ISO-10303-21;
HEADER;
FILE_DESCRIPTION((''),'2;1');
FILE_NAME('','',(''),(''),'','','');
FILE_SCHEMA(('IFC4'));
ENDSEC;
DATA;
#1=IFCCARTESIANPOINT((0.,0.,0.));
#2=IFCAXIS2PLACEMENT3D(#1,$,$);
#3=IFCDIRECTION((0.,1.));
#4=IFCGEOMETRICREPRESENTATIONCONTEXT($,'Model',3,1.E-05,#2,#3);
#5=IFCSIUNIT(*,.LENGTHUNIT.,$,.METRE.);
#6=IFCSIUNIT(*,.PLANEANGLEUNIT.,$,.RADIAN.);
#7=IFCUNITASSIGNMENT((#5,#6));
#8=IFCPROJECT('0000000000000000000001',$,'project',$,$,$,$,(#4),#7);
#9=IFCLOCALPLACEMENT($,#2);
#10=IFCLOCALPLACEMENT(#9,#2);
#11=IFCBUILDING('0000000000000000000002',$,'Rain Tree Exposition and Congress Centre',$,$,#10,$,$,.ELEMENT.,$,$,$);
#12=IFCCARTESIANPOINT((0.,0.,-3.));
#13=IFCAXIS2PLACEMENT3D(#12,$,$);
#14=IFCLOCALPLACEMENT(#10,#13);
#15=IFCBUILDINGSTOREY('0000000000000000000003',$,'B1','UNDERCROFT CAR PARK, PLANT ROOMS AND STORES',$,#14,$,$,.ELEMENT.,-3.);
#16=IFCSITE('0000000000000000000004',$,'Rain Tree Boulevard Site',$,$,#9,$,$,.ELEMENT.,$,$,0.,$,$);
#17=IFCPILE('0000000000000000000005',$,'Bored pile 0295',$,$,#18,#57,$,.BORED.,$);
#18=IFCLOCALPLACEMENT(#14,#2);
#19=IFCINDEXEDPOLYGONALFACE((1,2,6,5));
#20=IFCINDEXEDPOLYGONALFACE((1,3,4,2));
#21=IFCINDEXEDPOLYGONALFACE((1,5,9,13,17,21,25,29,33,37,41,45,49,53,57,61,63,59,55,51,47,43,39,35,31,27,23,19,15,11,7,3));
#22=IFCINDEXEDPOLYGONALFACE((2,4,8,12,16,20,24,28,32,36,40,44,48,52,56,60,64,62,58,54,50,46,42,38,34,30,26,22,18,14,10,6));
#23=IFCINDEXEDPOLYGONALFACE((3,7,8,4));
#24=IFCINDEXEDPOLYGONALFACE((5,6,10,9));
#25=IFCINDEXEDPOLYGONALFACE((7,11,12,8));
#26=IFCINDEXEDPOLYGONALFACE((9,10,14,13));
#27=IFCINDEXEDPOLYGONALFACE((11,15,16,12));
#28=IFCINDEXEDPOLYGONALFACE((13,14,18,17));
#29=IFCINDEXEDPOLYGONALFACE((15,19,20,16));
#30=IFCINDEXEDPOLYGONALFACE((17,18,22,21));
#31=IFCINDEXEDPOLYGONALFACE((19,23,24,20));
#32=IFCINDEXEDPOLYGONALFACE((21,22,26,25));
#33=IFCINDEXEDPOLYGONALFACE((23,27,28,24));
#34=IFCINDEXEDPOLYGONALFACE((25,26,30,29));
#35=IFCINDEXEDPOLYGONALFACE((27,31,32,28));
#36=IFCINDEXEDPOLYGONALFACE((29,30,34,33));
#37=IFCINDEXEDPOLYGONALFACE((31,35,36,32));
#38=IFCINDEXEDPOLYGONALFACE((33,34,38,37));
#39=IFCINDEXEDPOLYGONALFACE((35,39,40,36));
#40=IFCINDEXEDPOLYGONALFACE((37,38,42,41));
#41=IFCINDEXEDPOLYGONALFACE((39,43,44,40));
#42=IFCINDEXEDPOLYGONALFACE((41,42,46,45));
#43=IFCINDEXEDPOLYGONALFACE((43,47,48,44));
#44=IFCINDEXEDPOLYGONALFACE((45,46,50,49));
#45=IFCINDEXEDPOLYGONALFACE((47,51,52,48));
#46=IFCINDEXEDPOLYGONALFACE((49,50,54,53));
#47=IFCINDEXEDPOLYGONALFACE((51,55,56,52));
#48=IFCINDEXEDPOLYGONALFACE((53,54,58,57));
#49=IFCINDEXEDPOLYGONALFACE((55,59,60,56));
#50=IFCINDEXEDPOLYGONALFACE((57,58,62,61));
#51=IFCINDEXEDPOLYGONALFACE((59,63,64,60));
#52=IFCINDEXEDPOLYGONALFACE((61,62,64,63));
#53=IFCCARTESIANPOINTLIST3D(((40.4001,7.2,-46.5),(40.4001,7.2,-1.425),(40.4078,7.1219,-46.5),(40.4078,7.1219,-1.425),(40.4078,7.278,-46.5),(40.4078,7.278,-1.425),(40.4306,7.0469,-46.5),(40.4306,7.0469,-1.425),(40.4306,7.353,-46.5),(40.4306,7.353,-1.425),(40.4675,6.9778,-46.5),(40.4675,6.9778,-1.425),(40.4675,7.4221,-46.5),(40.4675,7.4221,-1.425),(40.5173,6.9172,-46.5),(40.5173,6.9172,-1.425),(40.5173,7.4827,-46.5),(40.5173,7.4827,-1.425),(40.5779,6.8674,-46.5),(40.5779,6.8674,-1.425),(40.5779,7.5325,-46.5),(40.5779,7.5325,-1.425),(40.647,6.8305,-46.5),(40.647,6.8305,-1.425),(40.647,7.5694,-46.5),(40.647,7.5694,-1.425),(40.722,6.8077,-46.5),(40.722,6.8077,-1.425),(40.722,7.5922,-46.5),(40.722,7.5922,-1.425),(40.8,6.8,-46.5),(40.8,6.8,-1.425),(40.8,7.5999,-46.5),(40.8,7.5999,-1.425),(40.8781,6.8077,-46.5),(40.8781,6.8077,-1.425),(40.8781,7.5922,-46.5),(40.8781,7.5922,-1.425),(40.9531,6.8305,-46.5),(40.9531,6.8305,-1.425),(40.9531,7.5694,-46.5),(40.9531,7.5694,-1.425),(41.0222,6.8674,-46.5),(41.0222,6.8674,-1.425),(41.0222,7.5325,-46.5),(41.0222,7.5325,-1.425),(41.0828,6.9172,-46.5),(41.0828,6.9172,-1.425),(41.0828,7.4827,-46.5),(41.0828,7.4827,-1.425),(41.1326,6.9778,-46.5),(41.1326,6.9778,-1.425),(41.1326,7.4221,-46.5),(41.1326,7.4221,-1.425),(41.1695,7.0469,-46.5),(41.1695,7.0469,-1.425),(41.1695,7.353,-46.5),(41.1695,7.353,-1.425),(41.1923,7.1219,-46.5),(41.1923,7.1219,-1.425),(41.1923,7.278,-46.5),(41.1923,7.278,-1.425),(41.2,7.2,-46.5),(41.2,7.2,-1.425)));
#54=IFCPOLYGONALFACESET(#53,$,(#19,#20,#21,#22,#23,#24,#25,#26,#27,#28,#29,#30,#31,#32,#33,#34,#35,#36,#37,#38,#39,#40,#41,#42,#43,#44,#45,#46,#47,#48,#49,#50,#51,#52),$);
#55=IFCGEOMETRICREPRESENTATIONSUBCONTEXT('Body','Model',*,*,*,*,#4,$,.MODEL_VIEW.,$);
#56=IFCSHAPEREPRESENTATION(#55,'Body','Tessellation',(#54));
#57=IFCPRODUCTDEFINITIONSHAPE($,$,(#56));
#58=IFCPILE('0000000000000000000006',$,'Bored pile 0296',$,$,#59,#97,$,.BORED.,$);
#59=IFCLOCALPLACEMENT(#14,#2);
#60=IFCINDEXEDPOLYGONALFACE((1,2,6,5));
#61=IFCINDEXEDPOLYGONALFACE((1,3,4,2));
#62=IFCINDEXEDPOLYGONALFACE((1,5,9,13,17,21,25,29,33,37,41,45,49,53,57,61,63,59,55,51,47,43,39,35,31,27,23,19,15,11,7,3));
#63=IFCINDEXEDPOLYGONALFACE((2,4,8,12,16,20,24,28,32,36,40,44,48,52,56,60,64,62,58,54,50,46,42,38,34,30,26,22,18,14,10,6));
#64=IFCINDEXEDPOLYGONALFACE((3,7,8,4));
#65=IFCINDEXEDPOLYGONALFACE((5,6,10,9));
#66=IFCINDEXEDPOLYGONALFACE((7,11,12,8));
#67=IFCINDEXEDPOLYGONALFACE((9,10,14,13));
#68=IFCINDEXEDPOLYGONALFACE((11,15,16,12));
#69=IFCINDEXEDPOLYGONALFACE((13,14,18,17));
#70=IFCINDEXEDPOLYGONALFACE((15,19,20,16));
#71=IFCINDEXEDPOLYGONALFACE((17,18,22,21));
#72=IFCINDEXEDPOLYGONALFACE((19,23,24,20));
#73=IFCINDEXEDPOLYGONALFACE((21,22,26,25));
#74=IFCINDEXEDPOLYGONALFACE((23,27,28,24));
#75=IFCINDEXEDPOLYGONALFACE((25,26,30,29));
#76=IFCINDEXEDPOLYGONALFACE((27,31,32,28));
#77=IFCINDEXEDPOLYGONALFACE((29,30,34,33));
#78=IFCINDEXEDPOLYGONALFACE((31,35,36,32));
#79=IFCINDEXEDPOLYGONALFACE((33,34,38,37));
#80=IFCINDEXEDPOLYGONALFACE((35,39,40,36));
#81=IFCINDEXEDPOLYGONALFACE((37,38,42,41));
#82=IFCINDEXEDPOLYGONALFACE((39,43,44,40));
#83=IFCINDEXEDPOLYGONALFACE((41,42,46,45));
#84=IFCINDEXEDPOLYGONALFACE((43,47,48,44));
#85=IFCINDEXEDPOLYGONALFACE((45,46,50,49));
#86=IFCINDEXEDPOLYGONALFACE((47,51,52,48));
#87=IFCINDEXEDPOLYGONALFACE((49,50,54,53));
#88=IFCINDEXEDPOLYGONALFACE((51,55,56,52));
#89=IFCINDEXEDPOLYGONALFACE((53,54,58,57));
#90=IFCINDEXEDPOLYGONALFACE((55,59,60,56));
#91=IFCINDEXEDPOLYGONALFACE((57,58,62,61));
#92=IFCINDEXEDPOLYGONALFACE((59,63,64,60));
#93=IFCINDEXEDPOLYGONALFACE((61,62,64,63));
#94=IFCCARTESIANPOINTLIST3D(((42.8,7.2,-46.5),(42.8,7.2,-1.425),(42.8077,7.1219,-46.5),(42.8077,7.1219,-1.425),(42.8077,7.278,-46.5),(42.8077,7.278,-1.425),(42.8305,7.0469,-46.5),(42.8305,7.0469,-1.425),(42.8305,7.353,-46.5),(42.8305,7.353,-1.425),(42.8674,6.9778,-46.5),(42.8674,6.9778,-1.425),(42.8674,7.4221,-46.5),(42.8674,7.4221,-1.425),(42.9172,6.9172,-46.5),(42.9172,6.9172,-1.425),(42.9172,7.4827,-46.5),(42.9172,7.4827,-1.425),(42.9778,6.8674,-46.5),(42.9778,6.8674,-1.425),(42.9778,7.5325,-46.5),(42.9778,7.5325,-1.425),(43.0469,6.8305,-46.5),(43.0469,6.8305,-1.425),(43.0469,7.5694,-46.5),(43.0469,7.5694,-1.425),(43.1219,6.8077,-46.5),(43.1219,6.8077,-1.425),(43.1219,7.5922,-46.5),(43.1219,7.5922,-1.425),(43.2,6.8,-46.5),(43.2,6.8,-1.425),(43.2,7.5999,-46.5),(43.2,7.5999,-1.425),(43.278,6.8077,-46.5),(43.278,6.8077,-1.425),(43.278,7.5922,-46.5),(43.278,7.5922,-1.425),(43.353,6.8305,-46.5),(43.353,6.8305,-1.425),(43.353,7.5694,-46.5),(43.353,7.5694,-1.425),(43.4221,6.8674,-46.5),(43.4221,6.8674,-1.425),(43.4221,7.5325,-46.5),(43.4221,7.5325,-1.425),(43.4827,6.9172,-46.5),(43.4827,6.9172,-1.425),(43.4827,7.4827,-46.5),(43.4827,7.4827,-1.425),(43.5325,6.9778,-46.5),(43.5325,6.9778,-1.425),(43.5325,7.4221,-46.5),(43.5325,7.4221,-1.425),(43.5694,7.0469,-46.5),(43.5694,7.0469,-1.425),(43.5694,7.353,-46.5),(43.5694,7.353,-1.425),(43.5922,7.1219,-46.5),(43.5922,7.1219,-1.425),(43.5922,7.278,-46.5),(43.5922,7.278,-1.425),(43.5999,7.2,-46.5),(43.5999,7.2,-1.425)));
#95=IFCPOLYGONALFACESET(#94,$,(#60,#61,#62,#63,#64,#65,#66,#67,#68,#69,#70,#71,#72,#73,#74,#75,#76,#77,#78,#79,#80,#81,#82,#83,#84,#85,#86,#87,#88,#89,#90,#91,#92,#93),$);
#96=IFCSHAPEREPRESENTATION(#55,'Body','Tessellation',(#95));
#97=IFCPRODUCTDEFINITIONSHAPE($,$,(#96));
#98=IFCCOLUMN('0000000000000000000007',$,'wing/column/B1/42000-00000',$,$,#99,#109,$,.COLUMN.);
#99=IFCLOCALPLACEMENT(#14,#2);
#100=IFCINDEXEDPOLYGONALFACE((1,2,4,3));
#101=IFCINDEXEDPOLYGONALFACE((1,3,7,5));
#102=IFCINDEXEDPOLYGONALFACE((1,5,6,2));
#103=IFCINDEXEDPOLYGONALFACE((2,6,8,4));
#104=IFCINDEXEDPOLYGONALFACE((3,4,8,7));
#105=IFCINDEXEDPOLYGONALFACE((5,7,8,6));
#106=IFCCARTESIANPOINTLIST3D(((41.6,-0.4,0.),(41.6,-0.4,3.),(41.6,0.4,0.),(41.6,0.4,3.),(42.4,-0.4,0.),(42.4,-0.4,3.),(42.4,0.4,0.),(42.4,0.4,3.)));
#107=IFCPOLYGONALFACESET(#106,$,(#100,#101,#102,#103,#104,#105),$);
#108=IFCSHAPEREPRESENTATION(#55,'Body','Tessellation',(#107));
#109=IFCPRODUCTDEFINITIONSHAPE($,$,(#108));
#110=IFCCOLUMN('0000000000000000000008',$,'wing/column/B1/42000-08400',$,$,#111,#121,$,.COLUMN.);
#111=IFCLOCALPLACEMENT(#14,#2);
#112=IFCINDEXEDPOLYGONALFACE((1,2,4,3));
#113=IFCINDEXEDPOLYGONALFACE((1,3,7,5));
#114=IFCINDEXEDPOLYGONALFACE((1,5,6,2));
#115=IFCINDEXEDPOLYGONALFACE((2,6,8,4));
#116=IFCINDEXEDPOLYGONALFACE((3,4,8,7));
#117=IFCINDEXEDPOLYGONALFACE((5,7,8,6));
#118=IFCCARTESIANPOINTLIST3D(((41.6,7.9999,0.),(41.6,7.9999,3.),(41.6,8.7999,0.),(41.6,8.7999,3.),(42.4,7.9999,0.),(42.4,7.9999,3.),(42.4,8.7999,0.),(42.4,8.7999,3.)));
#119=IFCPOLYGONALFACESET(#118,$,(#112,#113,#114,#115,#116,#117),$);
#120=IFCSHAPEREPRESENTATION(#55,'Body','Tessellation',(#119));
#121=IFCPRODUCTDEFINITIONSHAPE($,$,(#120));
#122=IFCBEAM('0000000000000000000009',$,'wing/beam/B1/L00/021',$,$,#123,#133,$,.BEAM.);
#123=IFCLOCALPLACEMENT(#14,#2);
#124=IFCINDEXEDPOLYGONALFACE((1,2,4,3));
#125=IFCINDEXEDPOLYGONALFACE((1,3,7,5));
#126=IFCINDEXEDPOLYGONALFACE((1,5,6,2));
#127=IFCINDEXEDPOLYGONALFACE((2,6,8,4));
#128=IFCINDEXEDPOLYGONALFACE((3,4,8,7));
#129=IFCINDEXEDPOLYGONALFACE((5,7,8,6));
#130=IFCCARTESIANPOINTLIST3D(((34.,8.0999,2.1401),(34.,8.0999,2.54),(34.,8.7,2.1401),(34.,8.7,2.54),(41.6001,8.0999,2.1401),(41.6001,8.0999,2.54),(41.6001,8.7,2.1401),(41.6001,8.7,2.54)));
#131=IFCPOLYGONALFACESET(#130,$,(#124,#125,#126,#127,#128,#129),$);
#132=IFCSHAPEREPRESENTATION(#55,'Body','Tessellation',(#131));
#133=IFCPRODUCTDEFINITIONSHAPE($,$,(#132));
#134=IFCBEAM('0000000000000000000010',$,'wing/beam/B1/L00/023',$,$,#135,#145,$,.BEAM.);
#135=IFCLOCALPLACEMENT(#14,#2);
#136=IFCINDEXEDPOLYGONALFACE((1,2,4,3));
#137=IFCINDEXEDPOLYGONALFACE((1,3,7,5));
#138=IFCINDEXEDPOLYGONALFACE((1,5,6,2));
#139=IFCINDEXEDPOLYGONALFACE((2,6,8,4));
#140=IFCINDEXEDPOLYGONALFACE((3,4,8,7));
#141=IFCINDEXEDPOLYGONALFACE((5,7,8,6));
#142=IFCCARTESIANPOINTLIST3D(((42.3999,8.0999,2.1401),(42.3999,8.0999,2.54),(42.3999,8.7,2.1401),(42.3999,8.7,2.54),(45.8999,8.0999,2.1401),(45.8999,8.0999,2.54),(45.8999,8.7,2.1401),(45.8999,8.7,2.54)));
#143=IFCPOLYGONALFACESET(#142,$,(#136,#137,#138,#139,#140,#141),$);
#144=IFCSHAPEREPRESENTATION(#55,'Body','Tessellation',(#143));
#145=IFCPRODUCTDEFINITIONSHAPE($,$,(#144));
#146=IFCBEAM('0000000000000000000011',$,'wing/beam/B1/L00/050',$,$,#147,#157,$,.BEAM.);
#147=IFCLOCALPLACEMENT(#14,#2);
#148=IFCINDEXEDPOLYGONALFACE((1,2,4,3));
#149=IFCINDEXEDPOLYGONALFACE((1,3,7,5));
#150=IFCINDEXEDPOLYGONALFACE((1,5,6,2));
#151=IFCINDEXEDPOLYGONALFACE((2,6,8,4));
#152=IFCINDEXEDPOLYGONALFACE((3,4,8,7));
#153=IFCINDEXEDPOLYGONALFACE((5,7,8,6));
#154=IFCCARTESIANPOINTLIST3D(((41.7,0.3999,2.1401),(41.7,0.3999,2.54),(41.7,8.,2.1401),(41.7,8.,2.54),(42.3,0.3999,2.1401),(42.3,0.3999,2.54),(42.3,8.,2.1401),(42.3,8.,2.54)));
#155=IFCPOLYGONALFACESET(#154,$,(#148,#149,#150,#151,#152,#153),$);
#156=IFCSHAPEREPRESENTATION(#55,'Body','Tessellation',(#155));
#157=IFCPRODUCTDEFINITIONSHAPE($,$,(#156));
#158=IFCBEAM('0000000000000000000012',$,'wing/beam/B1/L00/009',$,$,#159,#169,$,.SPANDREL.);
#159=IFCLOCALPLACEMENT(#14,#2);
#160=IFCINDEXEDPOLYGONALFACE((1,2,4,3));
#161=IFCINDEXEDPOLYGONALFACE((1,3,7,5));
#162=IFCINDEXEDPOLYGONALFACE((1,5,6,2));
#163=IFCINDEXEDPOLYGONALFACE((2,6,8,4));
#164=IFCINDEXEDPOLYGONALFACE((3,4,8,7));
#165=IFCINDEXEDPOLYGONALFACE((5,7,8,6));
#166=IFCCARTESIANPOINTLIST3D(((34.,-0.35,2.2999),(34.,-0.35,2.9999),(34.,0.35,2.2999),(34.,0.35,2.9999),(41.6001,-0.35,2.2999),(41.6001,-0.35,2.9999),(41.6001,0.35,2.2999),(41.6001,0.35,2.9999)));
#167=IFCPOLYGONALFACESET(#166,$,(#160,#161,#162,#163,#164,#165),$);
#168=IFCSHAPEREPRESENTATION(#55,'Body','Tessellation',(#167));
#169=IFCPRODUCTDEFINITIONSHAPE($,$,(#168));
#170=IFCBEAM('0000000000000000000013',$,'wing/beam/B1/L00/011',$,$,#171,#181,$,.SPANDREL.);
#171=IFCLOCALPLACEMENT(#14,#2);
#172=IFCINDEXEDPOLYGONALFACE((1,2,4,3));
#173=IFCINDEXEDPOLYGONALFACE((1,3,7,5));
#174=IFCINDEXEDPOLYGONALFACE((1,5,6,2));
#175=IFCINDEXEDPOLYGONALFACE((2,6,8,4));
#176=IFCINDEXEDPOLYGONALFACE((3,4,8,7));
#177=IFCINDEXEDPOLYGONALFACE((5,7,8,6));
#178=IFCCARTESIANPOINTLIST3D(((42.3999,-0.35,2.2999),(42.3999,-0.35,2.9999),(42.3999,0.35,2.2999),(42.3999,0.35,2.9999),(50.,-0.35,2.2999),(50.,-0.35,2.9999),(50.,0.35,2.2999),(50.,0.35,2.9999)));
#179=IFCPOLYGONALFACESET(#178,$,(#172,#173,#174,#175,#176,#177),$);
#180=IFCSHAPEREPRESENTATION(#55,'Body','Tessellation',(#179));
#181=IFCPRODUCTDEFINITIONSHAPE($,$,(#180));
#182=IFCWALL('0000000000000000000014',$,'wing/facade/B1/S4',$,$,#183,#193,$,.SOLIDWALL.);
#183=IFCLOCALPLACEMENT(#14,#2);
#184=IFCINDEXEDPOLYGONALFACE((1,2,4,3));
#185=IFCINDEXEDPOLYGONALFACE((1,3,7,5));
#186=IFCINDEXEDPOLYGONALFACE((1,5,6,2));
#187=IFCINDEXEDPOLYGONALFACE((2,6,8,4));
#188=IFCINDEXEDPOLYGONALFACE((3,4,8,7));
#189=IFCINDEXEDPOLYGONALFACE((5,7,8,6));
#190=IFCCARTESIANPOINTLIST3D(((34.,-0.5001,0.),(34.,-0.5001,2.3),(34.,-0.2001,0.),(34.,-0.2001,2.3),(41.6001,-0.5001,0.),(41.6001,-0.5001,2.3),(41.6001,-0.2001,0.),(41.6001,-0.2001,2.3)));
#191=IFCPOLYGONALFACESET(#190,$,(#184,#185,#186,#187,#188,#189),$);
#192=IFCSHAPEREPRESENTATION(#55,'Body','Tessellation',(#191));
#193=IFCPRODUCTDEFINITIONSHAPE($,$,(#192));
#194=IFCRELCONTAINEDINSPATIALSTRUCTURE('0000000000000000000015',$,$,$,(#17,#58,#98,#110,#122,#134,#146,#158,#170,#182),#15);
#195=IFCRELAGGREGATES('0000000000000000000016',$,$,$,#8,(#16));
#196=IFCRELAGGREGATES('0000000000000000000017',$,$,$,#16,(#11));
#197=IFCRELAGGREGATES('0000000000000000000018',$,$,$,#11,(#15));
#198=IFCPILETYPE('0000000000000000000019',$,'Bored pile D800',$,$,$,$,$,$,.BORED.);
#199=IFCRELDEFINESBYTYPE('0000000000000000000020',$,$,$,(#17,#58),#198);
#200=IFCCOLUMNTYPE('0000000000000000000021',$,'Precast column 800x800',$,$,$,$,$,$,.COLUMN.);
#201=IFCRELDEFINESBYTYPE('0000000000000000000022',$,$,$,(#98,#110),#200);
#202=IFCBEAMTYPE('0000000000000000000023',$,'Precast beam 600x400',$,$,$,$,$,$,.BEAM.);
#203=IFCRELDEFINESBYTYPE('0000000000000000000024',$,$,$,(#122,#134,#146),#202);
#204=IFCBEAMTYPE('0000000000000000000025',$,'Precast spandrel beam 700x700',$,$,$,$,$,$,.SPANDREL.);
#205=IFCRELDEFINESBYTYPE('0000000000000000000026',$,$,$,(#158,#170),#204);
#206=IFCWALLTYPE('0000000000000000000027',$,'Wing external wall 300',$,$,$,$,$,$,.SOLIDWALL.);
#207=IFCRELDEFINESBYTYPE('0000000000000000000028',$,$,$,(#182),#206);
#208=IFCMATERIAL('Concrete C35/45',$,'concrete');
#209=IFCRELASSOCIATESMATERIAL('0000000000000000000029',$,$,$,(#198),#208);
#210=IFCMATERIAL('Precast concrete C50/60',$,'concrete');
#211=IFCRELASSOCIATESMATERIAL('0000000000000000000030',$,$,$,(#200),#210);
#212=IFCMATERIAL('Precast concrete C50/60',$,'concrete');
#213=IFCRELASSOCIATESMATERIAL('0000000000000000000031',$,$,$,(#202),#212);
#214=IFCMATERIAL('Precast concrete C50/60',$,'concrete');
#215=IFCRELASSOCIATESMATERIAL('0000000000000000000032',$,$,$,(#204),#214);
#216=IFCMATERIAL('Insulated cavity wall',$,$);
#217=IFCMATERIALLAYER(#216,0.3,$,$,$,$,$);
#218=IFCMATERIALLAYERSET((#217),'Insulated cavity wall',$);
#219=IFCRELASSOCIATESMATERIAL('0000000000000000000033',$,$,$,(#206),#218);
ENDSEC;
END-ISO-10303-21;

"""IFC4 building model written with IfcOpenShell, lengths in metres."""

from ifc_helpers import new_model, si_unit, direction, frame, frame_2d, origin, origin_2d, place, context, subcontext, project, spatial, rectangle, circle, extrude, material, layer, layer_set, material_profile, profile_set, type_object, element, save


model = new_model("IFC4")

# Units and contexts
model_context = context("Model", 3, precision=1e-05, world=origin(), true_north=direction((0.0, 1.0)))
body_context = subcontext(model_context, "Body", "Model", "MODEL_VIEW")
ifc_project = project(units=[si_unit("LENGTHUNIT", "METRE"), si_unit("PLANEANGLEUNIT", "RADIAN")], contexts=[model_context])

# Site, building, storey
site_placement = place(None, origin())
site = spatial("IfcSite", under=ifc_project, at=site_placement, Name="Rain Tree Boulevard Site", CompositionType="ELEMENT", RefElevation=0.0)
building_placement = place(site_placement, origin())
building = spatial("IfcBuilding", under=site, at=building_placement, Name="Rain Tree Exposition and Congress Centre", CompositionType="ELEMENT")
storey_placement = place(building_placement, frame((0.0, 0.0, -3.0)))
storey = spatial("IfcBuildingStorey", under=building, at=storey_placement, Name="B1", Description="UNDERCROFT CAR PARK, PLANT ROOMS AND STORES", CompositionType="ELEMENT", Elevation=-3.0)

# Piles
ifc_material_1 = material(Name="Concrete C35/45", Category="concrete")
ifc_material_profile_1 = material_profile(ifc_material_1, circle(Radius=0.3999, at=origin_2d()), Name="D800")
ifc_profile_set_1 = profile_set([ifc_material_profile_1], Name="Concrete C35/45")
pile_type = type_object("IfcPileType", Name="Bored pile D800", PredefinedType="BORED", material=ifc_profile_set_1)
for number, where, z_axis, x_axis, name in (
    (1, (40.8, 7.2, -1.425), (0.0, 0.0, -1.0), (1.0, 0.0, 0.0), "Bored pile 0295"),
    (2, (43.2, 7.2, -1.425), (0.0, 0.0, -1.0), (1.0, 0.0, 0.0), "Bored pile 0296"),
):
    element("IfcPile", number, at=place(storey_placement, frame(where, z_axis=z_axis, x_axis=x_axis)), inside=storey, type_object=pile_type, Name=name, PredefinedType="BORED", context=body_context, shape_type="SweptSolid", body=[
        extrude(circle(Radius=0.3999, at=origin_2d()), origin(), (0.0, 0.0, 1.0), 45.075),
    ])

# Columns
ifc_material_2 = material(Name="Precast concrete C50/60", Category="concrete")
ifc_material_profile_2 = material_profile(ifc_material_2, rectangle(XDim=0.8, YDim=0.8, at=origin_2d()), Name="RC 800x800")
ifc_profile_set_2 = profile_set([ifc_material_profile_2], Name="Precast concrete C50/60")
column_type = type_object("IfcColumnType", Name="Precast column 800x800", PredefinedType="COLUMN", material=ifc_profile_set_2)
for number, where, z_axis, x_axis, name in (
    (3, (42.0, 0.0, 0.0), (0.0, 0.0, 1.0), (1.0, 0.0, 0.0), "wing/column/B1/42000-00000"),
    (4, (42.0, 8.3999, 0.0), (0.0, 0.0, 1.0), (1.0, 0.0, 0.0), "wing/column/B1/42000-08400"),
):
    element("IfcColumn", number, at=place(storey_placement, frame(where, z_axis=z_axis, x_axis=x_axis)), inside=storey, type_object=column_type, Name=name, PredefinedType="COLUMN", context=body_context, shape_type="SweptSolid", body=[
        extrude(rectangle(XDim=0.8, YDim=0.8, at=origin_2d()), origin(), (0.0, 0.0, 1.0), 3.0),
    ])

# Beams
ifc_material_3 = material(Name="Precast concrete C50/60", Category="concrete")
ifc_material_profile_3 = material_profile(ifc_material_3, rectangle(XDim=0.6001, YDim=0.3999, at=origin_2d()), Name="RC 600x400")
ifc_profile_set_3 = profile_set([ifc_material_profile_3], Name="Precast concrete C50/60")
beam_type_1 = type_object("IfcBeamType", Name="Precast beam 600x400", PredefinedType="BEAM", material=ifc_profile_set_3)
beam_1_placement = place(storey_placement, frame((34.0, 8.3999, 2.3401), z_axis=(1.0, 0.0, 0.0), x_axis=(0.0, 1.0, 0.0)))
element("IfcBeam", 5, at=beam_1_placement, inside=storey, type_object=beam_type_1, Name="wing/beam/B1/L00/021", PredefinedType="BEAM", context=body_context, shape_type="SweptSolid", body=[
    extrude(rectangle(XDim=0.6001, YDim=0.3999, at=origin_2d()), origin(), (0.0, 0.0, 1.0), 7.6001),
])
beam_2_placement = place(storey_placement, frame((42.3999, 8.3999, 2.3401), z_axis=(1.0, 0.0, 0.0), x_axis=(0.0, 1.0, 0.0)))
element("IfcBeam", 6, at=beam_2_placement, inside=storey, type_object=beam_type_1, Name="wing/beam/B1/L00/023", PredefinedType="BEAM", context=body_context, shape_type="SweptSolid", body=[
    extrude(rectangle(XDim=0.6001, YDim=0.3999, at=origin_2d()), origin(), (0.0, 0.0, 1.0), 3.5),
])
beam_3_placement = place(storey_placement, frame((42.0, 0.3999, 2.3401), z_axis=(0.0, 1.0, 0.0), x_axis=(-1.0, 0.0, 0.0)))
element("IfcBeam", 7, at=beam_3_placement, inside=storey, type_object=beam_type_1, Name="wing/beam/B1/L00/050", PredefinedType="BEAM", context=body_context, shape_type="SweptSolid", body=[
    extrude(rectangle(XDim=0.6001, YDim=0.3999, at=origin_2d()), origin(), (0.0, 0.0, 1.0), 7.6001),
])
ifc_material_4 = material(Name="Precast concrete C50/60", Category="concrete")
ifc_material_profile_4 = material_profile(ifc_material_4, rectangle(XDim=0.7, YDim=0.7, at=origin_2d()), Name="RC 700x700")
ifc_profile_set_4 = profile_set([ifc_material_profile_4], Name="Precast concrete C50/60")
beam_type_2 = type_object("IfcBeamType", Name="Precast spandrel beam 700x700", PredefinedType="SPANDREL", material=ifc_profile_set_4)
for number, where, z_axis, x_axis, name in (
    (8, (34.0, 0.0, 2.6499), (1.0, 0.0, 0.0), (0.0, 1.0, 0.0), "wing/beam/B1/L00/009"),
    (9, (42.3999, 0.0, 2.6499), (1.0, 0.0, 0.0), (0.0, 1.0, 0.0), "wing/beam/B1/L00/011"),
):
    element("IfcBeam", number, at=place(storey_placement, frame(where, z_axis=z_axis, x_axis=x_axis)), inside=storey, type_object=beam_type_2, Name=name, PredefinedType="SPANDREL", context=body_context, shape_type="SweptSolid", body=[
        extrude(rectangle(XDim=0.7, YDim=0.7, at=origin_2d()), origin(), (0.0, 0.0, 1.0), 7.6001),
    ])

# Wall
ifc_material_5 = material(Name="Insulated cavity wall")
ifc_layer_1 = layer(ifc_material_5, 0.3)
ifc_layer_set_1 = layer_set([ifc_layer_1], Name="Insulated cavity wall")
wall_type_1 = type_object("IfcWallType", Name="Wing external wall 300", PredefinedType="SOLIDWALL", material=ifc_layer_set_1)
wall_1_placement = place(storey_placement, frame((34.0, -0.3501, 0.0), z_axis=(0.0, 0.0, 1.0), x_axis=(1.0, 0.0, 0.0)))
element("IfcWall", 10, at=wall_1_placement, inside=storey, type_object=wall_type_1, Name="wing/facade/B1/S4", PredefinedType="SOLIDWALL", context=body_context, shape_type="SweptSolid", body=[
    extrude(rectangle(XDim=7.6001, YDim=0.3, at=frame_2d((3.8, 0.0))), origin(), (0.0, 0.0, 1.0), 2.3),
])

save(model, "model.ifc")
